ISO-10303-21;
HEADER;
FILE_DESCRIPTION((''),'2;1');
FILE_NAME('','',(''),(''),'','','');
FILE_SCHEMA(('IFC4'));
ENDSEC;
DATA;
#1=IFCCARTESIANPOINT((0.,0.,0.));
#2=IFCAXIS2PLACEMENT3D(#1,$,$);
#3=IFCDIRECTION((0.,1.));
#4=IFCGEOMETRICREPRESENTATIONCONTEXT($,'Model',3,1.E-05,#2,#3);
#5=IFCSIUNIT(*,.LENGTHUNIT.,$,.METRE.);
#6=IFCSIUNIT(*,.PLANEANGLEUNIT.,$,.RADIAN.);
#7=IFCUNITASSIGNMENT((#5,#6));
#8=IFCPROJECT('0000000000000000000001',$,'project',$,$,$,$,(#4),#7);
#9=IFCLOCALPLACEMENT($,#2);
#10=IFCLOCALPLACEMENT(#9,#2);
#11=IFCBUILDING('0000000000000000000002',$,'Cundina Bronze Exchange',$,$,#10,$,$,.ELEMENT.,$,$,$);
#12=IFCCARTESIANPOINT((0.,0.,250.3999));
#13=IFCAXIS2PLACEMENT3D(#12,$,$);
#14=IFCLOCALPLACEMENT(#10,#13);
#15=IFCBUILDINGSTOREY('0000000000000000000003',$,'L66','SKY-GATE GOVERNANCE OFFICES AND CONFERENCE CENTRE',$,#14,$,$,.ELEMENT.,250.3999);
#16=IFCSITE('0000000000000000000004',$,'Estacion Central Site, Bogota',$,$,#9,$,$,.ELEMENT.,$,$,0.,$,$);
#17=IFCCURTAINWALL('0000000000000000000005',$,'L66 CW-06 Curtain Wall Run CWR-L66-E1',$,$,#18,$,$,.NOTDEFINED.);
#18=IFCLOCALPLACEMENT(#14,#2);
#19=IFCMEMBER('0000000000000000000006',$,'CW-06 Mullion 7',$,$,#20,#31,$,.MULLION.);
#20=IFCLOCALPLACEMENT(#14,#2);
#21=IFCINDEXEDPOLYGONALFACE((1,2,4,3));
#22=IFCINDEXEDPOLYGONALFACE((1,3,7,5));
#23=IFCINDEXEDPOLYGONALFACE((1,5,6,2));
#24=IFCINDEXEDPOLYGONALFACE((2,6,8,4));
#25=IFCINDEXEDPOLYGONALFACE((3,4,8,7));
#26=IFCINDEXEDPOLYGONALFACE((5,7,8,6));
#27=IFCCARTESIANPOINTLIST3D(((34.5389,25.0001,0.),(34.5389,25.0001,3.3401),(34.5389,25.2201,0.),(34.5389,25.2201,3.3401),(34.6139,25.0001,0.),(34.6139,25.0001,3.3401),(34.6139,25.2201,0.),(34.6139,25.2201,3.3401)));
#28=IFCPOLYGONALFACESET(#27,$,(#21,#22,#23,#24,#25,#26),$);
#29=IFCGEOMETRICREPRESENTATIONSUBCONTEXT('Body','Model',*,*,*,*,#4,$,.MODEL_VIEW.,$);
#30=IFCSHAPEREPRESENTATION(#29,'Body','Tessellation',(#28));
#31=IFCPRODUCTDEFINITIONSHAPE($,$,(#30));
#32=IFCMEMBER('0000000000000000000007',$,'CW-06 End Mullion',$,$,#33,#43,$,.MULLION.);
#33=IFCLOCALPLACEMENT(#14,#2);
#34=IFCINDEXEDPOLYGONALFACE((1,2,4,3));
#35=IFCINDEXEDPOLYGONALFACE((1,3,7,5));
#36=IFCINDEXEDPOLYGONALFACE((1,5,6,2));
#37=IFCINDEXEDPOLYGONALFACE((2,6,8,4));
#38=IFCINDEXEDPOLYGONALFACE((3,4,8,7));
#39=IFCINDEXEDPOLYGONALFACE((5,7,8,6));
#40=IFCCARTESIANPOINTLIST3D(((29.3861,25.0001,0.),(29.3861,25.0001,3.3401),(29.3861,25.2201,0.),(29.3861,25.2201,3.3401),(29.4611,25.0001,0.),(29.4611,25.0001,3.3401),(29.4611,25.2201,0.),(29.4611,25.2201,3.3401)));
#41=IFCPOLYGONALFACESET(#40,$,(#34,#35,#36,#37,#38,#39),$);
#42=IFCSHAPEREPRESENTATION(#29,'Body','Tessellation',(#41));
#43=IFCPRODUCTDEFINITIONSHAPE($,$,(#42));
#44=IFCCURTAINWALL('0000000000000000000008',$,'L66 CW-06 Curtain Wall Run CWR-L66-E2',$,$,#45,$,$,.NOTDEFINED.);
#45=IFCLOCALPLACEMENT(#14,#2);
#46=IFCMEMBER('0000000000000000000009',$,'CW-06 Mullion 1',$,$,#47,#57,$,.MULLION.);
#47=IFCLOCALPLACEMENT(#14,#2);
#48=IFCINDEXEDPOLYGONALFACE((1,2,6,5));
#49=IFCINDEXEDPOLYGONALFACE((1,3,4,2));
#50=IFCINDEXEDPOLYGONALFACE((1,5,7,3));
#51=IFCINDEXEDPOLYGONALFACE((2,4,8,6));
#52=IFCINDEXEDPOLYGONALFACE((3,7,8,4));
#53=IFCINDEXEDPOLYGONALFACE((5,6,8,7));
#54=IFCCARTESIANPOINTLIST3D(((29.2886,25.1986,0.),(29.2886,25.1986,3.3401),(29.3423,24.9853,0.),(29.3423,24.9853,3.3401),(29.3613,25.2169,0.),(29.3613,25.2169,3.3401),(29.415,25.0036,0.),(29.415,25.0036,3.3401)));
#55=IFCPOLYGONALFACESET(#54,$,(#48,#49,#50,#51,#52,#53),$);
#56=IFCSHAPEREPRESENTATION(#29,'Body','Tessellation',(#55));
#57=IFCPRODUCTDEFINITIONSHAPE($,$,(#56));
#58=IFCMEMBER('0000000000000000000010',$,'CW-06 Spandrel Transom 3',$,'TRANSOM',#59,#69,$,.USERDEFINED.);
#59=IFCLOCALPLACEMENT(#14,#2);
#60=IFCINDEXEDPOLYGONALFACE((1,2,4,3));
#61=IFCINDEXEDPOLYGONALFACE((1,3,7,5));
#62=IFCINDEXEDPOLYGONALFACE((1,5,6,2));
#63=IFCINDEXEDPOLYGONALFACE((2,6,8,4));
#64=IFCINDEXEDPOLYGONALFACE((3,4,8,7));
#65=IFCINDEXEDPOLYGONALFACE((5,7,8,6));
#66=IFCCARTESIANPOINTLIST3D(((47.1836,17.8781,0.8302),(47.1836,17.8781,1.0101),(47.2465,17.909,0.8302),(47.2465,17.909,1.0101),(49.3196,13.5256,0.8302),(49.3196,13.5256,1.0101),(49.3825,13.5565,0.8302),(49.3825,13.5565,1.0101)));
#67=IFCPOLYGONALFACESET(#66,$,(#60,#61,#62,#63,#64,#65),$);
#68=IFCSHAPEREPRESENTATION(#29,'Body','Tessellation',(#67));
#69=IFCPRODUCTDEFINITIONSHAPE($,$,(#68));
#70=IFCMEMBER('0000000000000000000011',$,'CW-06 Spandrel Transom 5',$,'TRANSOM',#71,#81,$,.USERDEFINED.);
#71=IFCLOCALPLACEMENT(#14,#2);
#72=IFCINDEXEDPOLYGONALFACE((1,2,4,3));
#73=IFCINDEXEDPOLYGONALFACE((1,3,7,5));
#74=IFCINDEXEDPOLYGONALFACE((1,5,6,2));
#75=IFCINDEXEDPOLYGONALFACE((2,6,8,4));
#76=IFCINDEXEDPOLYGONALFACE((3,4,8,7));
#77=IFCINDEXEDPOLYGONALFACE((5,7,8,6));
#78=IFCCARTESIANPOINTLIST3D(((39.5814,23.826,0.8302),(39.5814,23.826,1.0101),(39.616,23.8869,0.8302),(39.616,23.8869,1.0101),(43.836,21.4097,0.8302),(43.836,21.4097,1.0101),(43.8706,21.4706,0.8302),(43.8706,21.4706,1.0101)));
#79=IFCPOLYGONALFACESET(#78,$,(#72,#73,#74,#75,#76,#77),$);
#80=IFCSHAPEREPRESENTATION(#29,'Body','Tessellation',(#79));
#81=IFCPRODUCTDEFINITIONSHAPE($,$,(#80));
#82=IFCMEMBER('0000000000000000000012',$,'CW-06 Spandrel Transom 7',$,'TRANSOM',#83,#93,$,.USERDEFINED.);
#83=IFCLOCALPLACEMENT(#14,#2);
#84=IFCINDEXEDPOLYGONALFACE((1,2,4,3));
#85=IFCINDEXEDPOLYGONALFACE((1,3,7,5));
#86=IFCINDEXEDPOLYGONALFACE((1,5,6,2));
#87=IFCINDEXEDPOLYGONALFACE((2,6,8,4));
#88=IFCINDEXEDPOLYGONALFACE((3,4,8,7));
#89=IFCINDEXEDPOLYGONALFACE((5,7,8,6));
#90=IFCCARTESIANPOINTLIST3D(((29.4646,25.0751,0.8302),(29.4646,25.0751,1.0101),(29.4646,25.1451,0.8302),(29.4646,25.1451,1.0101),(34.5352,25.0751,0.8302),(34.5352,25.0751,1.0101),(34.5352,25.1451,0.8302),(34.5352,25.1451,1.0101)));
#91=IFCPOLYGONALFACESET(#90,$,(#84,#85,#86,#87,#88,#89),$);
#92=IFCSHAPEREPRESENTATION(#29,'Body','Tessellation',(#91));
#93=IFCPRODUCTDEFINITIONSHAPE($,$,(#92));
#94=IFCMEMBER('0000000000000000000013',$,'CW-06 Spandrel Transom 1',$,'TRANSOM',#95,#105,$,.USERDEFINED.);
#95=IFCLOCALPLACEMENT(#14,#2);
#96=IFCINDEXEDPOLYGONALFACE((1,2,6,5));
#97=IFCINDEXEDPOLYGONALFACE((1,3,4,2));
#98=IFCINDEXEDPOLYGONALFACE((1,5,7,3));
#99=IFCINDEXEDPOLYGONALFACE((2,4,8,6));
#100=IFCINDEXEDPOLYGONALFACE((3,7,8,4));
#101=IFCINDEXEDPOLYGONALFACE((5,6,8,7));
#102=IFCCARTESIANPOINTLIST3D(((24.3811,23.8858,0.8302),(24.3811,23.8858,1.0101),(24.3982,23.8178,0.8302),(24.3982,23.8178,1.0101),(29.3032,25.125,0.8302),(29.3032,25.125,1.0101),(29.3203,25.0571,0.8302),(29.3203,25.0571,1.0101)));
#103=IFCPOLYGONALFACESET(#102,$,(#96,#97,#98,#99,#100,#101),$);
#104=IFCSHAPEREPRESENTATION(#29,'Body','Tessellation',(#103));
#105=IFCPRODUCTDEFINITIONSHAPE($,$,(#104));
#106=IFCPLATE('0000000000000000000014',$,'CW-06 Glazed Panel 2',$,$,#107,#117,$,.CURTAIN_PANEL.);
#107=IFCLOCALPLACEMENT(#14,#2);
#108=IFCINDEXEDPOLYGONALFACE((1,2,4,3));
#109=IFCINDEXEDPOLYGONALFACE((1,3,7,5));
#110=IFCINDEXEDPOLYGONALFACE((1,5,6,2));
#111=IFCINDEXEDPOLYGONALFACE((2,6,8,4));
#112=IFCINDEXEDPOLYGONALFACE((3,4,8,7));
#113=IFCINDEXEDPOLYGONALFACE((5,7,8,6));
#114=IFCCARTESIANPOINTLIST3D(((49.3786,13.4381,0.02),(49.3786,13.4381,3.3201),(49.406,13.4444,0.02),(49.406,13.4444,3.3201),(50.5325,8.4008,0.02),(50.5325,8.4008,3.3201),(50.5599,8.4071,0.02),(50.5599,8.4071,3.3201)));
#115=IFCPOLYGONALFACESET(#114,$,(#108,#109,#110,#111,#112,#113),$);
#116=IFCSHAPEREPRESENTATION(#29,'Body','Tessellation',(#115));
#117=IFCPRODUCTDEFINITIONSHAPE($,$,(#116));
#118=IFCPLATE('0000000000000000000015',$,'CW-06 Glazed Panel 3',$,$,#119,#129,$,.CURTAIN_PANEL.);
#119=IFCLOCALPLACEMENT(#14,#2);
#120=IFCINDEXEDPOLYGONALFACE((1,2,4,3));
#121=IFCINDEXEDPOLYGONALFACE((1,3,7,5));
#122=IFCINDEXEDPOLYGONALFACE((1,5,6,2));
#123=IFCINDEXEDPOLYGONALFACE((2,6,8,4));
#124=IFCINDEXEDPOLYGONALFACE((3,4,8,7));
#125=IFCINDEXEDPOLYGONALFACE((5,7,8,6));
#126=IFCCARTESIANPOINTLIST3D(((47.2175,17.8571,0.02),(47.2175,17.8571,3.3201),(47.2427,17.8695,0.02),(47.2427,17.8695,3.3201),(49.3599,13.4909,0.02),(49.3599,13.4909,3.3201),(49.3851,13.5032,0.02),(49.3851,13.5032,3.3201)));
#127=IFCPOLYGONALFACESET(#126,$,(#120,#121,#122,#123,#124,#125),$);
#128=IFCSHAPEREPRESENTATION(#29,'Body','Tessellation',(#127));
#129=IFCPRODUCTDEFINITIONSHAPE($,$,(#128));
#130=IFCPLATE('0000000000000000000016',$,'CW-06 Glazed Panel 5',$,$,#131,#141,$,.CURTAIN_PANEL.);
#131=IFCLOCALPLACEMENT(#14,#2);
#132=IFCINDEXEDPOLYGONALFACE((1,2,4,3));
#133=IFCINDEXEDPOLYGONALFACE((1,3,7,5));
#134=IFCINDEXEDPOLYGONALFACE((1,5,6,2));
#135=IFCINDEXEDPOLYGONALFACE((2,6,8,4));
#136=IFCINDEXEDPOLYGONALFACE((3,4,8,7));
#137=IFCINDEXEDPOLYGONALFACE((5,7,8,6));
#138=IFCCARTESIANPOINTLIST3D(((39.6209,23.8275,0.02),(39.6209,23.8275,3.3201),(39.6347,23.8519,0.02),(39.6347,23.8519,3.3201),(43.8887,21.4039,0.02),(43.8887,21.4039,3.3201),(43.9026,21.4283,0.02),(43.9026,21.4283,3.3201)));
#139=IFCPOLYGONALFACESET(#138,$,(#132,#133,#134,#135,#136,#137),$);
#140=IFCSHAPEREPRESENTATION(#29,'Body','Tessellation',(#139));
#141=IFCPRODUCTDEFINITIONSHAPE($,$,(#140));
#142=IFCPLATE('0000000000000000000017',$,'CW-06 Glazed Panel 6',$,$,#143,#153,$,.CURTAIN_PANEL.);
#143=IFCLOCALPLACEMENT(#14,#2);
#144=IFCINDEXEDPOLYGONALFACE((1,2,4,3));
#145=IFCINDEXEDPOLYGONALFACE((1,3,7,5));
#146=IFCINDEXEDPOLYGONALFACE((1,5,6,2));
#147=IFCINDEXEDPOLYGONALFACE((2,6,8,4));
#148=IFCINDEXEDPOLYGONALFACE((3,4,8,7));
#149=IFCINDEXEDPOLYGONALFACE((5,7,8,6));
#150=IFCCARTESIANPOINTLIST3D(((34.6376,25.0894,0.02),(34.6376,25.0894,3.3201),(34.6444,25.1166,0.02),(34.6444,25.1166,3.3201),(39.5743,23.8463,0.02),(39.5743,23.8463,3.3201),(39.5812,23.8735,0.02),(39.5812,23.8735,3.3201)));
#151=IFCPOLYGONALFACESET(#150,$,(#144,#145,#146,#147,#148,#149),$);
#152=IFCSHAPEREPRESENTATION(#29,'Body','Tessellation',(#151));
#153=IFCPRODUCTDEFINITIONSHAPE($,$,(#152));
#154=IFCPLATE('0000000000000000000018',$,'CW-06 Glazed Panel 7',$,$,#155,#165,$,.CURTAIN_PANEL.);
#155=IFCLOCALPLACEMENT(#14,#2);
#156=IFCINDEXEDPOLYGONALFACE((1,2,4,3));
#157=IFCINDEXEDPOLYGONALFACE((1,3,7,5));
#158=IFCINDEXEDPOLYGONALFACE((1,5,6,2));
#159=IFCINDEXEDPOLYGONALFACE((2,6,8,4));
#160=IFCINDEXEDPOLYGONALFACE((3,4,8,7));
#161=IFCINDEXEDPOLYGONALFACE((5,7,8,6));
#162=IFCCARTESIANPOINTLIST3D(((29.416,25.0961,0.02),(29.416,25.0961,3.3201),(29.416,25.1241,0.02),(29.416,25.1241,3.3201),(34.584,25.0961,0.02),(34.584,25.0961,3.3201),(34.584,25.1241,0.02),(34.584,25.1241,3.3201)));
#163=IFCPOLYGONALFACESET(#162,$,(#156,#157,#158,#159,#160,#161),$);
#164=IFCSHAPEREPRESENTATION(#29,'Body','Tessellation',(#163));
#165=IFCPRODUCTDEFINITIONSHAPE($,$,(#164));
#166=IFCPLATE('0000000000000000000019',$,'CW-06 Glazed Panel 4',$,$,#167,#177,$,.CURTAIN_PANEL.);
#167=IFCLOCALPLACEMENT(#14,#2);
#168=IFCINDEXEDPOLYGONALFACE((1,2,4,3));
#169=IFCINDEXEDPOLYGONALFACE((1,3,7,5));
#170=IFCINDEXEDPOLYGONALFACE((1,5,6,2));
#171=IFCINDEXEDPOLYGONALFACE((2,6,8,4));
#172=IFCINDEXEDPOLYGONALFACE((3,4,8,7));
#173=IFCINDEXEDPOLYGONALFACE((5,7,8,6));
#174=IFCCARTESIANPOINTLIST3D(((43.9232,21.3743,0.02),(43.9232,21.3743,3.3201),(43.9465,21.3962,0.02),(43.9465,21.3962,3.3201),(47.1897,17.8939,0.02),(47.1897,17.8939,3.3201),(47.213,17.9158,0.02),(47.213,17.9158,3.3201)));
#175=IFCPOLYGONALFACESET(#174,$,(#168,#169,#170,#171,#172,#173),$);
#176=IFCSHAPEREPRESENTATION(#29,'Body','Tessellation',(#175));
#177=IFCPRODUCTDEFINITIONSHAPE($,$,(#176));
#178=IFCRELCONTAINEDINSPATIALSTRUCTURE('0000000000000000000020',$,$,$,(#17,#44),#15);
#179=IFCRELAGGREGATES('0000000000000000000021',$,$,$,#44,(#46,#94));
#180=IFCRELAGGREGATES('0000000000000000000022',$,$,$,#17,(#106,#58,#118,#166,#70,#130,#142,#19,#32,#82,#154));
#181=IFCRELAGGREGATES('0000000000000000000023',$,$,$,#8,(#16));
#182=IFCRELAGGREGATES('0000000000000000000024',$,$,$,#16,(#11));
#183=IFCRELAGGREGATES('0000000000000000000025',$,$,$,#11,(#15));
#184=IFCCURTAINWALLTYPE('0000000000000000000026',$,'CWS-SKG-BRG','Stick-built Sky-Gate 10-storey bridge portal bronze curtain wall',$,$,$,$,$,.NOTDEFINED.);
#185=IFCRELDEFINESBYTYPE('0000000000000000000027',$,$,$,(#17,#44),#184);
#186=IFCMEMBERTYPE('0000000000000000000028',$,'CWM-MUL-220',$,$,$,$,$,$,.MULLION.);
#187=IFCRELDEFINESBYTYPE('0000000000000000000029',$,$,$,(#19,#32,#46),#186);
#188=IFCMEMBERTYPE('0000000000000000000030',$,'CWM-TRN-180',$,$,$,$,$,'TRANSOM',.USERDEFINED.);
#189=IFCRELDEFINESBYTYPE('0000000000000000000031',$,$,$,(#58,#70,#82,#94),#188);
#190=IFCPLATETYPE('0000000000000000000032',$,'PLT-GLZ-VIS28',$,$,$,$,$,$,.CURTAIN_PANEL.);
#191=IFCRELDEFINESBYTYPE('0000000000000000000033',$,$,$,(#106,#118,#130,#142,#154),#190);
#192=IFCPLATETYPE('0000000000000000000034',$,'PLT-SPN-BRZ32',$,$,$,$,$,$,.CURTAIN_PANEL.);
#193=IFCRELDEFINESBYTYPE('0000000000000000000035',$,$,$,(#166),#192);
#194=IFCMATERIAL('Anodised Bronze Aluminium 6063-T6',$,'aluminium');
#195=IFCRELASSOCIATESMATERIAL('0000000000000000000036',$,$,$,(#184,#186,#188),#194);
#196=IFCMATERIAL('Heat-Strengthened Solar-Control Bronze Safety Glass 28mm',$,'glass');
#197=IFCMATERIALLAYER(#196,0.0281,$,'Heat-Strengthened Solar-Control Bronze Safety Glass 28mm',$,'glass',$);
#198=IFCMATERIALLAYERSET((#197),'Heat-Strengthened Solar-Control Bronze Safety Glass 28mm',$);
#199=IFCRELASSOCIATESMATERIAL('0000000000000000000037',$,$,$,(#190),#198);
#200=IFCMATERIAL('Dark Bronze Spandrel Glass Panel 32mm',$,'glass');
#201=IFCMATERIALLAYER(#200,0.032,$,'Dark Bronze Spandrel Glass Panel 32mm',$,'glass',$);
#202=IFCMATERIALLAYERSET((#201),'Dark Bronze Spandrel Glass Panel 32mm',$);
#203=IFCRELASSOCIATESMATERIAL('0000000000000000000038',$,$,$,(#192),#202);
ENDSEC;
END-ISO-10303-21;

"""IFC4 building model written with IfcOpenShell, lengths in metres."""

from ifc_helpers import new_model, si_unit, direction, frame, origin, origin_2d, place, context, subcontext, project, spatial, rectangle, extrude, material, layer, layer_set, material_profile, profile_set, type_object, element, aggregate, save


model = new_model("IFC4")

# Units and contexts
model_context = context("Model", 3, precision=1e-05, world=origin(), true_north=direction((0.0, 1.0)))
body_context = subcontext(model_context, "Body", "Model", "MODEL_VIEW")
ifc_project = project(units=[si_unit("LENGTHUNIT", "METRE"), si_unit("PLANEANGLEUNIT", "RADIAN")], contexts=[model_context])

# Site, building, storey
site_placement = place(None, origin())
site = spatial("IfcSite", under=ifc_project, at=site_placement, Name="Estacion Central Site, Bogota", CompositionType="ELEMENT", RefElevation=0.0)
building_placement = place(site_placement, origin())
building = spatial("IfcBuilding", under=site, at=building_placement, Name="Cundina Bronze Exchange", CompositionType="ELEMENT")
storey_placement = place(building_placement, frame((0.0, 0.0, 250.3999)))
storey = spatial("IfcBuildingStorey", under=building, at=storey_placement, Name="L66", Description="SKY-GATE GOVERNANCE OFFICES AND CONFERENCE CENTRE", CompositionType="ELEMENT", Elevation=250.3999)

# Curtain wall, members
ifc_material_1 = material(Name="Anodised Bronze Aluminium 6063-T6", Category="aluminium")
curtain_wall_type = type_object("IfcCurtainWallType", Name="CWS-SKG-BRG", Description="Stick-built Sky-Gate 10-storey bridge portal bronze curtain wall", PredefinedType="NOTDEFINED", material=ifc_material_1)
curtain_wall_1_placement = place(storey_placement, origin())
curtain_wall_1 = element("IfcCurtainWall", 1, at=curtain_wall_1_placement, inside=storey, type_object=curtain_wall_type, Name="L66 CW-06 Curtain Wall Run CWR-L66-E1", PredefinedType="NOTDEFINED")
ifc_material_profile_1 = material_profile(ifc_material_1, rectangle(XDim=0.075, YDim=0.22, at=origin_2d()), Name="AL75X220", Category="aluminium")
ifc_profile_set_1 = profile_set([ifc_material_profile_1], Name="Anodised Bronze Aluminium 6063-T6")
member_type_1 = type_object("IfcMemberType", Name="CWM-MUL-220", PredefinedType="MULLION", material=ifc_profile_set_1)
member_1_placement = place(storey_placement, frame((34.5764, 25.1101, 0.0), z_axis=(0.0, 0.0, 1.0), x_axis=(-1.0, 0.0, 0.0)))
member_1 = element("IfcMember", 2, at=member_1_placement, type_object=member_type_1, Name="CW-06 Mullion 7", PredefinedType="MULLION", context=body_context, shape_type="SweptSolid", body=[
    extrude(rectangle(XDim=0.075, YDim=0.22, at=origin_2d()), origin(), (0.0, 0.0, 1.0), 3.3401),
])
member_2_placement = place(storey_placement, frame((29.4236, 25.1101, 0.0), z_axis=(0.0, 0.0, 1.0), x_axis=(-1.0, 0.0, 0.0)))
member_2 = element("IfcMember", 3, at=member_2_placement, type_object=member_type_1, Name="CW-06 End Mullion", PredefinedType="MULLION", context=body_context, shape_type="SweptSolid", body=[
    extrude(rectangle(XDim=0.075, YDim=0.22, at=origin_2d()), origin(), (0.0, 0.0, 1.0), 3.3401),
])

# Curtain wall, member
curtain_wall_2_placement = place(storey_placement, origin())
curtain_wall_2 = element("IfcCurtainWall", 4, at=curtain_wall_2_placement, inside=storey, type_object=curtain_wall_type, Name="L66 CW-06 Curtain Wall Run CWR-L66-E2", PredefinedType="NOTDEFINED")
member_3_placement = place(storey_placement, frame((29.3518, 25.1011, 0.0), z_axis=(0.0, 0.0, 1.0), x_axis=(-0.969744, -0.244123, 0.0)))
member_3 = element("IfcMember", 5, at=member_3_placement, type_object=member_type_1, Name="CW-06 Mullion 1", PredefinedType="MULLION", context=body_context, shape_type="SweptSolid", body=[
    extrude(rectangle(XDim=0.075, YDim=0.22, at=origin_2d()), origin(), (0.0, 0.0, 1.0), 3.3401),
])

# Members
ifc_material_profile_2 = material_profile(ifc_material_1, rectangle(XDim=0.0701, YDim=0.1799, at=origin_2d()), Name="AL70X180", Category="aluminium")
ifc_profile_set_2 = profile_set([ifc_material_profile_2], Name="Anodised Bronze Aluminium 6063-T6")
member_type_2 = type_object("IfcMemberType", Name="CWM-TRN-180", ElementType="TRANSOM", PredefinedType="USERDEFINED", material=ifc_profile_set_2)
member_4_placement = place(storey_placement, frame((49.3511, 13.541, 0.9202), z_axis=(-0.440554, 0.897726, 0.0), x_axis=(-0.897726, -0.440554, 0.0)))
member_4 = element("IfcMember", 6, at=member_4_placement, type_object=member_type_2, Name="CW-06 Spandrel Transom 3", ObjectType="TRANSOM", PredefinedType="USERDEFINED", context=body_context, shape_type="SweptSolid", body=[
    extrude(rectangle(XDim=0.0701, YDim=0.1799, at=origin_2d()), origin(), (0.0, 0.0, 1.0), 4.8484),
])
member_5_placement = place(storey_placement, frame((43.8533, 21.4402, 0.9202), z_axis=(-0.869557, 0.493832, 0.0), x_axis=(-0.493832, -0.869557, 0.0)))
member_5 = element("IfcMember", 7, at=member_5_placement, type_object=member_type_2, Name="CW-06 Spandrel Transom 5", ObjectType="TRANSOM", PredefinedType="USERDEFINED", context=body_context, shape_type="SweptSolid", body=[
    extrude(rectangle(XDim=0.0701, YDim=0.1799, at=origin_2d()), origin(), (0.0, 0.0, 1.0), 4.8928),
])
member_6_placement = place(storey_placement, frame((34.5352, 25.1101, 0.9202), z_axis=(-1.0, 0.0, 0.0), x_axis=(0.0, -1.0, 0.0)))
member_6 = element("IfcMember", 8, at=member_6_placement, type_object=member_type_2, Name="CW-06 Spandrel Transom 7", ObjectType="TRANSOM", PredefinedType="USERDEFINED", context=body_context, shape_type="SweptSolid", body=[
    extrude(rectangle(XDim=0.0701, YDim=0.1799, at=origin_2d()), origin(), (0.0, 0.0, 1.0), 5.0706),
])
member_7_placement = place(storey_placement, frame((29.3118, 25.0911, 0.9202), z_axis=(-0.969737, -0.244154, 0.0), x_axis=(0.244154, -0.969737, 0.0)))
member_7 = element("IfcMember", 9, at=member_7_placement, type_object=member_type_2, Name="CW-06 Spandrel Transom 1", ObjectType="TRANSOM", PredefinedType="USERDEFINED", context=body_context, shape_type="SweptSolid", body=[
    extrude(rectangle(XDim=0.0701, YDim=0.1799, at=origin_2d()), origin(), (0.0, 0.0, 1.0), 5.0757),
])
aggregate(curtain_wall_2, [member_3, member_7])

# Plates
ifc_material_2 = material(Name="Heat-Strengthened Solar-Control Bronze Safety Glass 28mm", Category="glass")
ifc_layer_1 = layer(ifc_material_2, 0.0281, Name="Heat-Strengthened Solar-Control Bronze Safety Glass 28mm", Category="glass")
ifc_layer_set_1 = layer_set([ifc_layer_1], Name="Heat-Strengthened Solar-Control Bronze Safety Glass 28mm")
plate_type_1 = type_object("IfcPlateType", Name="PLT-GLZ-VIS28", PredefinedType="CURTAIN_PANEL", material=ifc_layer_set_1)
plate_1_placement = place(storey_placement, frame((49.9692, 10.9226, 0.02), z_axis=(0.0, 0.0, 1.0), x_axis=(-0.223284, 0.974753, 0.0)))
plate_1 = element("IfcPlate", 10, at=plate_1_placement, type_object=plate_type_1, Name="CW-06 Glazed Panel 2", PredefinedType="CURTAIN_PANEL", context=body_context, shape_type="SweptSolid", body=[
    extrude(rectangle(XDim=5.1677, YDim=0.0281, at=origin_2d()), origin(), (0.0, 0.0, 1.0), 3.3),
])
plate_2_placement = place(storey_placement, frame((48.3013, 15.6802, 0.02), z_axis=(0.0, 0.0, 1.0), x_axis=(-0.440503, 0.897751, 0.0)))
plate_2 = element("IfcPlate", 11, at=plate_2_placement, type_object=plate_type_1, Name="CW-06 Glazed Panel 3", PredefinedType="CURTAIN_PANEL", context=body_context, shape_type="SweptSolid", body=[
    extrude(rectangle(XDim=4.8635, YDim=0.0281, at=origin_2d()), origin(), (0.0, 0.0, 1.0), 3.3),
])
plate_3_placement = place(storey_placement, frame((41.7617, 22.6279, 0.02), z_axis=(0.0, 0.0, 1.0), x_axis=(-0.869573, 0.493805, 0.0)))
plate_3 = element("IfcPlate", 12, at=plate_3_placement, type_object=plate_type_1, Name="CW-06 Glazed Panel 5", PredefinedType="CURTAIN_PANEL", context=body_context, shape_type="SweptSolid", body=[
    extrude(rectangle(XDim=4.908, YDim=0.0281, at=origin_2d()), origin(), (0.0, 0.0, 1.0), 3.3),
])
plate_4_placement = place(storey_placement, frame((37.1094, 24.4814, 0.02), z_axis=(0.0, 0.0, 1.0), x_axis=(-0.969732, 0.244174, 0.0)))
plate_4 = element("IfcPlate", 13, at=plate_4_placement, type_object=plate_type_1, Name="CW-06 Glazed Panel 6", PredefinedType="CURTAIN_PANEL", context=body_context, shape_type="SweptSolid", body=[
    extrude(rectangle(XDim=5.0908, YDim=0.0281, at=origin_2d()), origin(), (0.0, 0.0, 1.0), 3.3),
])
plate_5_placement = place(storey_placement, frame((32.0, 25.1101, 0.02), z_axis=(0.0, 0.0, 1.0), x_axis=(-1.0, 0.0, 0.0)))
plate_5 = element("IfcPlate", 14, at=plate_5_placement, type_object=plate_type_1, Name="CW-06 Glazed Panel 7", PredefinedType="CURTAIN_PANEL", context=body_context, shape_type="SweptSolid", body=[
    extrude(rectangle(XDim=5.168, YDim=0.0281, at=origin_2d()), origin(), (0.0, 0.0, 1.0), 3.3),
])
ifc_material_3 = material(Name="Dark Bronze Spandrel Glass Panel 32mm", Category="glass")
ifc_layer_2 = layer(ifc_material_3, 0.032, Name="Dark Bronze Spandrel Glass Panel 32mm", Category="glass")
ifc_layer_set_2 = layer_set([ifc_layer_2], Name="Dark Bronze Spandrel Glass Panel 32mm")
plate_type_2 = type_object("IfcPlateType", Name="PLT-SPN-BRZ32", PredefinedType="CURTAIN_PANEL", material=ifc_layer_set_2)
plate_6_placement = place(storey_placement, frame((45.5681, 19.645, 0.02), z_axis=(0.0, 0.0, 1.0), x_axis=(-0.684344, 0.72916, 0.0)))
plate_6 = element("IfcPlate", 15, at=plate_6_placement, type_object=plate_type_2, Name="CW-06 Glazed Panel 4", PredefinedType="CURTAIN_PANEL", context=body_context, shape_type="SweptSolid", body=[
    extrude(rectangle(XDim=4.7732, YDim=0.032, at=origin_2d()), origin(), (0.0, 0.0, 1.0), 3.3),
])
aggregate(curtain_wall_1, [plate_1, member_4, plate_2, plate_6, member_5, plate_3, plate_4, member_1, member_2, member_6, plate_5])

save(model, "model.ifc")
